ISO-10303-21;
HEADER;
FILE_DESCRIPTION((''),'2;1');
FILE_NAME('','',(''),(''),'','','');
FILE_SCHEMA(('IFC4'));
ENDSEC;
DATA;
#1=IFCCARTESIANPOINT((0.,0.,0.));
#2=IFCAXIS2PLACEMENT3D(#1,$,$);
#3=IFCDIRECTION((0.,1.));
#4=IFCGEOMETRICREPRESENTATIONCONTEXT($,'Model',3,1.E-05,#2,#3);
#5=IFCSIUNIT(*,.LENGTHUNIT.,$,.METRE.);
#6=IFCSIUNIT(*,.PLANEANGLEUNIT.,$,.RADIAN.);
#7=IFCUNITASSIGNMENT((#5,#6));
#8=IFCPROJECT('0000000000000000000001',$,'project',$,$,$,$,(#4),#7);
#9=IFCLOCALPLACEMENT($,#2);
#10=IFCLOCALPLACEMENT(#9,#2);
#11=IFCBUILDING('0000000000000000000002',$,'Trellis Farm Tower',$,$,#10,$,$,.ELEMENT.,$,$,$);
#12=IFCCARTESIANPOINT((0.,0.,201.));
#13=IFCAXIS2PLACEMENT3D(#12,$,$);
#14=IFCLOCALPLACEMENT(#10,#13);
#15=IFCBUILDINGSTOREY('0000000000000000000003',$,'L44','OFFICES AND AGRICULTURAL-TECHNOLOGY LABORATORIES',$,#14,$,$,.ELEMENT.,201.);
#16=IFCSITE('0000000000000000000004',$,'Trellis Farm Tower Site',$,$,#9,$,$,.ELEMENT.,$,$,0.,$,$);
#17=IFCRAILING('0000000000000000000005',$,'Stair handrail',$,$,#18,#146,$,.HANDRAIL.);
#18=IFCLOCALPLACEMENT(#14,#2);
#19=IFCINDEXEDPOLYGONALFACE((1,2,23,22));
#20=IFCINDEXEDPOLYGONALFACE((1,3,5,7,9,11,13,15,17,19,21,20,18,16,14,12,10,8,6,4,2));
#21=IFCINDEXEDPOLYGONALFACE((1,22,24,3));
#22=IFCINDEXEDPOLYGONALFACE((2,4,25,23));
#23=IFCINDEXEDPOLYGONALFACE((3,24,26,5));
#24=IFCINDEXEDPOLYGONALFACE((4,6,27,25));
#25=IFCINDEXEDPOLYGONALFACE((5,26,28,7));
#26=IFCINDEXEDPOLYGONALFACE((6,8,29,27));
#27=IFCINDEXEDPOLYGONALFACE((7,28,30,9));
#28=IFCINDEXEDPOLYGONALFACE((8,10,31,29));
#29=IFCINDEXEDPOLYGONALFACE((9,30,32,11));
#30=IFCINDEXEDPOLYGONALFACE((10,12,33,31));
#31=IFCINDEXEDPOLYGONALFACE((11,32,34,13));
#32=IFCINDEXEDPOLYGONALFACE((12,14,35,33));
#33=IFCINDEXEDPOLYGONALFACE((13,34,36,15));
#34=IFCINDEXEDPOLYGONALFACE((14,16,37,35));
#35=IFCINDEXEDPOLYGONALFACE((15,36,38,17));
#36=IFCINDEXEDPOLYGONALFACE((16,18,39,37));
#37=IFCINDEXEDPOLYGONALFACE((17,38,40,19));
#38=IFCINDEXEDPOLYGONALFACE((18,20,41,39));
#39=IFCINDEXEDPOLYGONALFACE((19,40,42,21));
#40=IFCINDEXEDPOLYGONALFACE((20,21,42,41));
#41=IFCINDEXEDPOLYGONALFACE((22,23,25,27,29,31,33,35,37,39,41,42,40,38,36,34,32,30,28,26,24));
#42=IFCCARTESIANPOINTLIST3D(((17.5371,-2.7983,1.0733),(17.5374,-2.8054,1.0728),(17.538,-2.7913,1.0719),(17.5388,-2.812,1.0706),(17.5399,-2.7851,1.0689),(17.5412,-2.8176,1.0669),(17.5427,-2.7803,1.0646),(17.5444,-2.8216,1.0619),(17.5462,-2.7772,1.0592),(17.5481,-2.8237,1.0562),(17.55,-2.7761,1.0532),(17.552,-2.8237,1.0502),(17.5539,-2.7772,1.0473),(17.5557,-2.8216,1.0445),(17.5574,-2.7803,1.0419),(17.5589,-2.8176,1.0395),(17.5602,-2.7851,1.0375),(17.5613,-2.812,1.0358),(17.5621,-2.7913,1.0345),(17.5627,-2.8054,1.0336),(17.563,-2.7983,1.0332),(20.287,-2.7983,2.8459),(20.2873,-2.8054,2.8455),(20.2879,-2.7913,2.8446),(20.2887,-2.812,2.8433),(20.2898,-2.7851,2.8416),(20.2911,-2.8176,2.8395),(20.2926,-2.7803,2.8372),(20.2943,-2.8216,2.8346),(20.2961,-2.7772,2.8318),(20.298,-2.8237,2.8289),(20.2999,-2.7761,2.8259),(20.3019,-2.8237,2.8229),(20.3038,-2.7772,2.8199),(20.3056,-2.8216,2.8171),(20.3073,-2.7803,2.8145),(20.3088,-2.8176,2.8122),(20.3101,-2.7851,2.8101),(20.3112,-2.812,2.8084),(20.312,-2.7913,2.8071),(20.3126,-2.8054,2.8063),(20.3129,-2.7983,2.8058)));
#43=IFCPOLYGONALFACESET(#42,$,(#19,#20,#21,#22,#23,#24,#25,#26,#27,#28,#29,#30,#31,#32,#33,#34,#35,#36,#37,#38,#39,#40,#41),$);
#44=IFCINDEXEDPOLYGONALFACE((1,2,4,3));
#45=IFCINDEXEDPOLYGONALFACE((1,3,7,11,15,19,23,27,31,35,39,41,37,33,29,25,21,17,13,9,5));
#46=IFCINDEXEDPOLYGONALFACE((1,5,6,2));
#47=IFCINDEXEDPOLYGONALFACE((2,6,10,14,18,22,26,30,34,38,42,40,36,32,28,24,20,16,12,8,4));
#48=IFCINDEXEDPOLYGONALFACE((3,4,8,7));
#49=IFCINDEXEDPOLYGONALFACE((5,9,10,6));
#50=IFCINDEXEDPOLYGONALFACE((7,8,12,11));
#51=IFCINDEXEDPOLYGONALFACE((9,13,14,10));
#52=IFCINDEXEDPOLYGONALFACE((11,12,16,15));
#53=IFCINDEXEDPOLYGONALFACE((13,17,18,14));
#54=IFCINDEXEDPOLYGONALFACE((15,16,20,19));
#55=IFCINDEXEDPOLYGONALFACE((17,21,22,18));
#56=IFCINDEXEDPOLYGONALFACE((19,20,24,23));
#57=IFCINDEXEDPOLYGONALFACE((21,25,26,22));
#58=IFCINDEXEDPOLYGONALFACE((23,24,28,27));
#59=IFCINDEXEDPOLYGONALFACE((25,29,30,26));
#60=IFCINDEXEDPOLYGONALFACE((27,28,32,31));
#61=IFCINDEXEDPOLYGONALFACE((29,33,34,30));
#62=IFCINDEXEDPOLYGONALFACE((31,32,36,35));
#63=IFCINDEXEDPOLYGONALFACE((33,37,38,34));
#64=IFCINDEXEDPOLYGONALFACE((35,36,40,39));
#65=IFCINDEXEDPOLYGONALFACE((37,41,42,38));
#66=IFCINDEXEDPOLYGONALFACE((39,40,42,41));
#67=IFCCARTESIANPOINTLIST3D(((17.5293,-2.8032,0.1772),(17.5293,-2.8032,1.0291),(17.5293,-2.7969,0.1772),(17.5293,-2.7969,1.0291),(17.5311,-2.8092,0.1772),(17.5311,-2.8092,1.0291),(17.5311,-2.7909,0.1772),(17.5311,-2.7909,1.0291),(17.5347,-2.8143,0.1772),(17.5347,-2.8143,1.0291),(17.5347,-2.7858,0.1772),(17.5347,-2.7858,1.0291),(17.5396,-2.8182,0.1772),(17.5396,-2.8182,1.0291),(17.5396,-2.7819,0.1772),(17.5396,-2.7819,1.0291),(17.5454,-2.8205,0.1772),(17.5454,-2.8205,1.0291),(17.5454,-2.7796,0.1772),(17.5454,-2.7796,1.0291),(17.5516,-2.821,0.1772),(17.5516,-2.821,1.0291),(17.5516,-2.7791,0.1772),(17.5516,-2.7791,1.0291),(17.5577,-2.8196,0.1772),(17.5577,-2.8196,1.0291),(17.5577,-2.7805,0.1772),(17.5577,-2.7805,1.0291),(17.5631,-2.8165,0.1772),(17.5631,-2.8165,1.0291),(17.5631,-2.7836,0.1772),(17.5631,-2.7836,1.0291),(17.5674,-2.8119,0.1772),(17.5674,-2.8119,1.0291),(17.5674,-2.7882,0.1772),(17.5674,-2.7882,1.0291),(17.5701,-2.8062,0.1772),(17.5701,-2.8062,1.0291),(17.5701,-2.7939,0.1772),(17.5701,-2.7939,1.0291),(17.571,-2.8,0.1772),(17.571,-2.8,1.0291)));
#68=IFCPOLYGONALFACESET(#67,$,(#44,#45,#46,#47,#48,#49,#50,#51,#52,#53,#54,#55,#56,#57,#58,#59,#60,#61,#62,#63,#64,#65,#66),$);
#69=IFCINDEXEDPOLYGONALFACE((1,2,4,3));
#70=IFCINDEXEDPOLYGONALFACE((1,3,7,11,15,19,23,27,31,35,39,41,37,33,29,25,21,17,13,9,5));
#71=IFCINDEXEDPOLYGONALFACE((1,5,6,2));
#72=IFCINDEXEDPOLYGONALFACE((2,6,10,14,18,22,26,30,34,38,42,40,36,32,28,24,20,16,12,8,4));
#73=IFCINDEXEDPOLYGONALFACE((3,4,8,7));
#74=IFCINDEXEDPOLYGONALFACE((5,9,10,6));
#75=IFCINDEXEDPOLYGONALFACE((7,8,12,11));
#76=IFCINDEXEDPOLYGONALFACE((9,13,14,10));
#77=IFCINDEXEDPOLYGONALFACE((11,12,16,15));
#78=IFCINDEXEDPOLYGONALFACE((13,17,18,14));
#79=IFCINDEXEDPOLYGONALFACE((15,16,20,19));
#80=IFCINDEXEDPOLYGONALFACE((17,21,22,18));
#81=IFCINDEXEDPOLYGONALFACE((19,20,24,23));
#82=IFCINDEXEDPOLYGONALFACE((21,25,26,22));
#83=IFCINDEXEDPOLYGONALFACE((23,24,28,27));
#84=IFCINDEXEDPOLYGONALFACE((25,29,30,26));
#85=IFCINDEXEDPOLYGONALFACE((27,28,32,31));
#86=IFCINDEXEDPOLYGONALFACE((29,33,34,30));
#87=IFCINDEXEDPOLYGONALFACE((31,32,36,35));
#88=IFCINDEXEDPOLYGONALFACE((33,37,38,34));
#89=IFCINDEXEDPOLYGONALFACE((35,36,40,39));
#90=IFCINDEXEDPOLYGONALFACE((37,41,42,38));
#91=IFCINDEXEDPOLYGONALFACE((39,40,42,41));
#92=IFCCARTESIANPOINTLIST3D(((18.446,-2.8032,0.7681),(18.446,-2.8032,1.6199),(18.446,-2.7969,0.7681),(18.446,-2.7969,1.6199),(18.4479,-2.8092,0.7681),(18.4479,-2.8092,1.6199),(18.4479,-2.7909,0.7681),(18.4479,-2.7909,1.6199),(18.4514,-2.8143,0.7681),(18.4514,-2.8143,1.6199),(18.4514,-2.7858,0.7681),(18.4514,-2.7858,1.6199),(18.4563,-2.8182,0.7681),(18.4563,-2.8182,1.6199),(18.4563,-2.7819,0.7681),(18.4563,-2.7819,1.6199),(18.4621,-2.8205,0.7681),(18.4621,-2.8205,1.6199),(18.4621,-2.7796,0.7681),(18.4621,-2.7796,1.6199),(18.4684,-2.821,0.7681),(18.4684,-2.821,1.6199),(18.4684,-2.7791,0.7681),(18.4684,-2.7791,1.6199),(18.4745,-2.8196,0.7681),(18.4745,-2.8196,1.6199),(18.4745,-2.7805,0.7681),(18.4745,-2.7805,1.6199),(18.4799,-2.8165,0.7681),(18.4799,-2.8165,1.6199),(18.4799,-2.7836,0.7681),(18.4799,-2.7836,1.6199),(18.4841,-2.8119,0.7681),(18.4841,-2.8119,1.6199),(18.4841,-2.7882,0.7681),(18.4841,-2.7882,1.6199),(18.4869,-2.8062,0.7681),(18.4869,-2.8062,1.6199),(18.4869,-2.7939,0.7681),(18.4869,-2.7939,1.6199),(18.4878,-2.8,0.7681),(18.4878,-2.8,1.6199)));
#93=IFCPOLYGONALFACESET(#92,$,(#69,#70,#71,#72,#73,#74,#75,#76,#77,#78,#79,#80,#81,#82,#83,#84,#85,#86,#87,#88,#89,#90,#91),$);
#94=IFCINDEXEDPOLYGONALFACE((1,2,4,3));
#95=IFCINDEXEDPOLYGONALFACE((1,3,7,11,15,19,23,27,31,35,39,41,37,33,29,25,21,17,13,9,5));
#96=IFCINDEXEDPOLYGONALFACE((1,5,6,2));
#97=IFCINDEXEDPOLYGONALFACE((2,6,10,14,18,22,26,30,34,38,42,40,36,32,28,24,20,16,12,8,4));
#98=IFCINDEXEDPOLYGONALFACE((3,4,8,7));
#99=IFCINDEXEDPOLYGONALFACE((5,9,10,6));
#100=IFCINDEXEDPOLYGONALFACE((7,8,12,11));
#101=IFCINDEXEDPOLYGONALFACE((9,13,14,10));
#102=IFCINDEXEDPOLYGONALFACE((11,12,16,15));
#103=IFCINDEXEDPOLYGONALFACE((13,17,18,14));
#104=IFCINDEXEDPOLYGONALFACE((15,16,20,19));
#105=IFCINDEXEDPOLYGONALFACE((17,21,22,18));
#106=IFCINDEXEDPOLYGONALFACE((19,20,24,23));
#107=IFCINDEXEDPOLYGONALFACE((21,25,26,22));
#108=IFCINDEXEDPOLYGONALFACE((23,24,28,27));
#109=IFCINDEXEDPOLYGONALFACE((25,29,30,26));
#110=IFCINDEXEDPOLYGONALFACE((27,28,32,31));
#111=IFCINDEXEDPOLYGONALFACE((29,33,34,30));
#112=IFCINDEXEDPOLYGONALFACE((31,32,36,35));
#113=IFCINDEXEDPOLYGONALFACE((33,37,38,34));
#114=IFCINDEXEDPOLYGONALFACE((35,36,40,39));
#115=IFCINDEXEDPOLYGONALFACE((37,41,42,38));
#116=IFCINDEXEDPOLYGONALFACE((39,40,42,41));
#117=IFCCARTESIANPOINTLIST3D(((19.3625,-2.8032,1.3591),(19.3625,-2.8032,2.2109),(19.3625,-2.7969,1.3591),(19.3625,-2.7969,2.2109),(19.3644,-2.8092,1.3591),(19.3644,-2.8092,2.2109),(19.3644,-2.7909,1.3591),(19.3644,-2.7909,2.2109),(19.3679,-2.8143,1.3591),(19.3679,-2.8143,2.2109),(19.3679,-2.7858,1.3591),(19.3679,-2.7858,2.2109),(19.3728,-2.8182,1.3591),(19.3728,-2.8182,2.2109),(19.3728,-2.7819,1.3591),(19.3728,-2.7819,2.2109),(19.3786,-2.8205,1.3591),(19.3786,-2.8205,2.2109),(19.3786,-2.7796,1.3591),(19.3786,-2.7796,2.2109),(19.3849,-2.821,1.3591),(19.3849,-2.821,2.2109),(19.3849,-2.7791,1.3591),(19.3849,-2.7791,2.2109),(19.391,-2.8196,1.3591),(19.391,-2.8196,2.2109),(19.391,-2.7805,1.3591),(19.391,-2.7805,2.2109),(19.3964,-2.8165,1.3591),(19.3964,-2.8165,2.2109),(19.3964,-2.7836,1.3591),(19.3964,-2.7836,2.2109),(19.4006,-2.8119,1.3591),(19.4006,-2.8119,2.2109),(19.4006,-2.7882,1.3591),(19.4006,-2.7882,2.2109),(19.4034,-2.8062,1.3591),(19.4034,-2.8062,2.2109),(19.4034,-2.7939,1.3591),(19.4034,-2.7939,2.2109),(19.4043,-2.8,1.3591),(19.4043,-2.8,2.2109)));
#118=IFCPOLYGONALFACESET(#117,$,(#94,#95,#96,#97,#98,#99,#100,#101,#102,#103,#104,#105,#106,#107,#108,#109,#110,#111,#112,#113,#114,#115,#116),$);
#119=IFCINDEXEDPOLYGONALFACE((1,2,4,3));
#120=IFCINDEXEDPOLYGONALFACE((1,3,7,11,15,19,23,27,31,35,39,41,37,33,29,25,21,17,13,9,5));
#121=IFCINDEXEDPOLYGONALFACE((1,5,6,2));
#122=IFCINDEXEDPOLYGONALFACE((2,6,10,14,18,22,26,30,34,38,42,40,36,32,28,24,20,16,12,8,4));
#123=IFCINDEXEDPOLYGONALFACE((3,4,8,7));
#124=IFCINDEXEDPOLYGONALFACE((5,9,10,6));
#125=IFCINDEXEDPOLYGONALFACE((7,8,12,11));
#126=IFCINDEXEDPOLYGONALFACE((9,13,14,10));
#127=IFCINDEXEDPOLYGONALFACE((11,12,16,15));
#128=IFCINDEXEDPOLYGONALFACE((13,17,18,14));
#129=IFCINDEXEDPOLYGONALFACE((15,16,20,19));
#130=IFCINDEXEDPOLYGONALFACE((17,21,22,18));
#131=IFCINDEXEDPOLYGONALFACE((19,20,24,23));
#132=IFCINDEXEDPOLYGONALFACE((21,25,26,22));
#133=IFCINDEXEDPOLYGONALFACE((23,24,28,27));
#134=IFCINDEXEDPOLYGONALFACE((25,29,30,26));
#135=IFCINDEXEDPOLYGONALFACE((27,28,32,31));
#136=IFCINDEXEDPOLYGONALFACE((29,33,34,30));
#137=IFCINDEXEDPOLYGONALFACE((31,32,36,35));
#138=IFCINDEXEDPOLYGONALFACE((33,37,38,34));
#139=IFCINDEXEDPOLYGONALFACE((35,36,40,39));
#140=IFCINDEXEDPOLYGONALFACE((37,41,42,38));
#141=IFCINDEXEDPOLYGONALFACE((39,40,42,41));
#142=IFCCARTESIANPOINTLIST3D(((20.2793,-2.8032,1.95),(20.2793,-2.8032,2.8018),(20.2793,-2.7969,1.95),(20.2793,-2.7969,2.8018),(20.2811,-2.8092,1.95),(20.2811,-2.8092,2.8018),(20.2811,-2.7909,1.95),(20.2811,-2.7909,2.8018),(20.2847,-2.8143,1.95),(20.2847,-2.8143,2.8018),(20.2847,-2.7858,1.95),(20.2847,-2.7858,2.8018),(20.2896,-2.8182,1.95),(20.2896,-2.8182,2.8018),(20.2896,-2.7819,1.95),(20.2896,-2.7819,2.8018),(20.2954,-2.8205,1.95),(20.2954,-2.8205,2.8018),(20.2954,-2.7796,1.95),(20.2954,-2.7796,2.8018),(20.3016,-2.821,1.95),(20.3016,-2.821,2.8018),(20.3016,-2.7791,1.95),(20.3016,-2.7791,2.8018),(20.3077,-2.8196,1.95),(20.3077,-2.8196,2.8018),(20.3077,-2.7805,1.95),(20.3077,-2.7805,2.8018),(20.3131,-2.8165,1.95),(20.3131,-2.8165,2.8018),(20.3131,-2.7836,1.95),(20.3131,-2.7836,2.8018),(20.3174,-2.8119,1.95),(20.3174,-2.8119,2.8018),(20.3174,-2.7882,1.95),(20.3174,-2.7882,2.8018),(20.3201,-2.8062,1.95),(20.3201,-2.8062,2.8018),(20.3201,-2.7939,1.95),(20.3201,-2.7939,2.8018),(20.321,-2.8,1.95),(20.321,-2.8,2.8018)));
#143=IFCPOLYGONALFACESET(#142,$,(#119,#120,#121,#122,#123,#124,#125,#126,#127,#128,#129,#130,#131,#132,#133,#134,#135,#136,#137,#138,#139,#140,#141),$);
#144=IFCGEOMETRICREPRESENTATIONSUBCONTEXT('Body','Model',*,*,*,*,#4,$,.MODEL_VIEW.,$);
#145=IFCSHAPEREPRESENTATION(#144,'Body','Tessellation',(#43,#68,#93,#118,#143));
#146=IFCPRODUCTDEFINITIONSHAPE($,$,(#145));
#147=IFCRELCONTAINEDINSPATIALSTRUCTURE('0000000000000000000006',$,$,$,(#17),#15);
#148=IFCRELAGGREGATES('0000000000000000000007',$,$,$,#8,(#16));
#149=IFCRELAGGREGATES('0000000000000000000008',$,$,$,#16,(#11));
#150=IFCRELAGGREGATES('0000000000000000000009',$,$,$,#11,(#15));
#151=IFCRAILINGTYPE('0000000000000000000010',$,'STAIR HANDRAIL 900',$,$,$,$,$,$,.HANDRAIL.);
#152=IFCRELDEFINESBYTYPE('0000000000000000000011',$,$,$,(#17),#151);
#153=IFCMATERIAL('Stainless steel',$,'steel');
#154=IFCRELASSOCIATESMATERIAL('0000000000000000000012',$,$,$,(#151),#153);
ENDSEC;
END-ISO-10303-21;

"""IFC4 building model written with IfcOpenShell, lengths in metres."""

from ifc_helpers import new_model, si_unit, direction, frame, origin, origin_2d, place, context, subcontext, project, spatial, circle, extrude, source, transform, mapped, material, type_object, element, save


model = new_model("IFC4")

# Units and contexts
model_context = context("Model", 3, precision=1e-05, world=origin(), true_north=direction((0.0, 1.0)))
body_context = subcontext(model_context, "Body", "Model", "MODEL_VIEW")
ifc_project = project(units=[si_unit("LENGTHUNIT", "METRE"), si_unit("PLANEANGLEUNIT", "RADIAN")], contexts=[model_context])

# Site, building, storey
site_placement = place(None, origin())
site = spatial("IfcSite", under=ifc_project, at=site_placement, Name="Trellis Farm Tower Site", CompositionType="ELEMENT", RefElevation=0.0)
building_placement = place(site_placement, origin())
building = spatial("IfcBuilding", under=site, at=building_placement, Name="Trellis Farm Tower", CompositionType="ELEMENT")
storey_placement = place(building_placement, frame((0.0, 0.0, 201.0)))
storey = spatial("IfcBuildingStorey", under=building, at=storey_placement, Name="L44", Description="OFFICES AND AGRICULTURAL-TECHNOLOGY LABORATORIES", CompositionType="ELEMENT", Elevation=201.0)

# Railing
ifc_material_1 = material(Name="Stainless steel", Category="steel")
railing_type = type_object("IfcRailingType", Name="STAIR HANDRAIL 900", PredefinedType="HANDRAIL", material=ifc_material_1)
shared_shape_1 = source(origin(), body_context, "Body", "SweptSolid", [
    extrude(circle(Radius=0.0239, at=origin_2d()), frame((0.0, 0.0, 0.876), z_axis=(0.840504, 0.0, 0.541806), x_axis=(0.0, 1.0, 0.0)), (0.0, 0.0, 1.0), 3.2717),
    extrude(circle(Radius=0.021, at=origin_2d()), origin(), (0.0, 0.0, 1.0), 0.8518),
    extrude(circle(Radius=0.021, at=origin_2d()), frame((0.9167, 0.0, 0.5908)), (0.0, 0.0, 1.0), 0.8518),
    extrude(circle(Radius=0.021, at=origin_2d()), frame((1.8333, 0.0, 1.1819)), (0.0, 0.0, 1.0), 0.8518),
    extrude(circle(Radius=0.021, at=origin_2d()), frame((2.75, 0.0, 1.7727)), (0.0, 0.0, 1.0), 0.8518),
])
for number, where, name in (
    (1, (17.55, -2.8, 0.1772), "Stair handrail"),
):
    element("IfcRailing", number, at=place(storey_placement, frame(where)), inside=storey, type_object=railing_type, Name=name, PredefinedType="HANDRAIL", context=body_context, shape_type="MappedRepresentation", body=[
        mapped(shared_shape_1, transform((0.0, 0.0, 0.0))),
    ])

save(model, "model.ifc")
